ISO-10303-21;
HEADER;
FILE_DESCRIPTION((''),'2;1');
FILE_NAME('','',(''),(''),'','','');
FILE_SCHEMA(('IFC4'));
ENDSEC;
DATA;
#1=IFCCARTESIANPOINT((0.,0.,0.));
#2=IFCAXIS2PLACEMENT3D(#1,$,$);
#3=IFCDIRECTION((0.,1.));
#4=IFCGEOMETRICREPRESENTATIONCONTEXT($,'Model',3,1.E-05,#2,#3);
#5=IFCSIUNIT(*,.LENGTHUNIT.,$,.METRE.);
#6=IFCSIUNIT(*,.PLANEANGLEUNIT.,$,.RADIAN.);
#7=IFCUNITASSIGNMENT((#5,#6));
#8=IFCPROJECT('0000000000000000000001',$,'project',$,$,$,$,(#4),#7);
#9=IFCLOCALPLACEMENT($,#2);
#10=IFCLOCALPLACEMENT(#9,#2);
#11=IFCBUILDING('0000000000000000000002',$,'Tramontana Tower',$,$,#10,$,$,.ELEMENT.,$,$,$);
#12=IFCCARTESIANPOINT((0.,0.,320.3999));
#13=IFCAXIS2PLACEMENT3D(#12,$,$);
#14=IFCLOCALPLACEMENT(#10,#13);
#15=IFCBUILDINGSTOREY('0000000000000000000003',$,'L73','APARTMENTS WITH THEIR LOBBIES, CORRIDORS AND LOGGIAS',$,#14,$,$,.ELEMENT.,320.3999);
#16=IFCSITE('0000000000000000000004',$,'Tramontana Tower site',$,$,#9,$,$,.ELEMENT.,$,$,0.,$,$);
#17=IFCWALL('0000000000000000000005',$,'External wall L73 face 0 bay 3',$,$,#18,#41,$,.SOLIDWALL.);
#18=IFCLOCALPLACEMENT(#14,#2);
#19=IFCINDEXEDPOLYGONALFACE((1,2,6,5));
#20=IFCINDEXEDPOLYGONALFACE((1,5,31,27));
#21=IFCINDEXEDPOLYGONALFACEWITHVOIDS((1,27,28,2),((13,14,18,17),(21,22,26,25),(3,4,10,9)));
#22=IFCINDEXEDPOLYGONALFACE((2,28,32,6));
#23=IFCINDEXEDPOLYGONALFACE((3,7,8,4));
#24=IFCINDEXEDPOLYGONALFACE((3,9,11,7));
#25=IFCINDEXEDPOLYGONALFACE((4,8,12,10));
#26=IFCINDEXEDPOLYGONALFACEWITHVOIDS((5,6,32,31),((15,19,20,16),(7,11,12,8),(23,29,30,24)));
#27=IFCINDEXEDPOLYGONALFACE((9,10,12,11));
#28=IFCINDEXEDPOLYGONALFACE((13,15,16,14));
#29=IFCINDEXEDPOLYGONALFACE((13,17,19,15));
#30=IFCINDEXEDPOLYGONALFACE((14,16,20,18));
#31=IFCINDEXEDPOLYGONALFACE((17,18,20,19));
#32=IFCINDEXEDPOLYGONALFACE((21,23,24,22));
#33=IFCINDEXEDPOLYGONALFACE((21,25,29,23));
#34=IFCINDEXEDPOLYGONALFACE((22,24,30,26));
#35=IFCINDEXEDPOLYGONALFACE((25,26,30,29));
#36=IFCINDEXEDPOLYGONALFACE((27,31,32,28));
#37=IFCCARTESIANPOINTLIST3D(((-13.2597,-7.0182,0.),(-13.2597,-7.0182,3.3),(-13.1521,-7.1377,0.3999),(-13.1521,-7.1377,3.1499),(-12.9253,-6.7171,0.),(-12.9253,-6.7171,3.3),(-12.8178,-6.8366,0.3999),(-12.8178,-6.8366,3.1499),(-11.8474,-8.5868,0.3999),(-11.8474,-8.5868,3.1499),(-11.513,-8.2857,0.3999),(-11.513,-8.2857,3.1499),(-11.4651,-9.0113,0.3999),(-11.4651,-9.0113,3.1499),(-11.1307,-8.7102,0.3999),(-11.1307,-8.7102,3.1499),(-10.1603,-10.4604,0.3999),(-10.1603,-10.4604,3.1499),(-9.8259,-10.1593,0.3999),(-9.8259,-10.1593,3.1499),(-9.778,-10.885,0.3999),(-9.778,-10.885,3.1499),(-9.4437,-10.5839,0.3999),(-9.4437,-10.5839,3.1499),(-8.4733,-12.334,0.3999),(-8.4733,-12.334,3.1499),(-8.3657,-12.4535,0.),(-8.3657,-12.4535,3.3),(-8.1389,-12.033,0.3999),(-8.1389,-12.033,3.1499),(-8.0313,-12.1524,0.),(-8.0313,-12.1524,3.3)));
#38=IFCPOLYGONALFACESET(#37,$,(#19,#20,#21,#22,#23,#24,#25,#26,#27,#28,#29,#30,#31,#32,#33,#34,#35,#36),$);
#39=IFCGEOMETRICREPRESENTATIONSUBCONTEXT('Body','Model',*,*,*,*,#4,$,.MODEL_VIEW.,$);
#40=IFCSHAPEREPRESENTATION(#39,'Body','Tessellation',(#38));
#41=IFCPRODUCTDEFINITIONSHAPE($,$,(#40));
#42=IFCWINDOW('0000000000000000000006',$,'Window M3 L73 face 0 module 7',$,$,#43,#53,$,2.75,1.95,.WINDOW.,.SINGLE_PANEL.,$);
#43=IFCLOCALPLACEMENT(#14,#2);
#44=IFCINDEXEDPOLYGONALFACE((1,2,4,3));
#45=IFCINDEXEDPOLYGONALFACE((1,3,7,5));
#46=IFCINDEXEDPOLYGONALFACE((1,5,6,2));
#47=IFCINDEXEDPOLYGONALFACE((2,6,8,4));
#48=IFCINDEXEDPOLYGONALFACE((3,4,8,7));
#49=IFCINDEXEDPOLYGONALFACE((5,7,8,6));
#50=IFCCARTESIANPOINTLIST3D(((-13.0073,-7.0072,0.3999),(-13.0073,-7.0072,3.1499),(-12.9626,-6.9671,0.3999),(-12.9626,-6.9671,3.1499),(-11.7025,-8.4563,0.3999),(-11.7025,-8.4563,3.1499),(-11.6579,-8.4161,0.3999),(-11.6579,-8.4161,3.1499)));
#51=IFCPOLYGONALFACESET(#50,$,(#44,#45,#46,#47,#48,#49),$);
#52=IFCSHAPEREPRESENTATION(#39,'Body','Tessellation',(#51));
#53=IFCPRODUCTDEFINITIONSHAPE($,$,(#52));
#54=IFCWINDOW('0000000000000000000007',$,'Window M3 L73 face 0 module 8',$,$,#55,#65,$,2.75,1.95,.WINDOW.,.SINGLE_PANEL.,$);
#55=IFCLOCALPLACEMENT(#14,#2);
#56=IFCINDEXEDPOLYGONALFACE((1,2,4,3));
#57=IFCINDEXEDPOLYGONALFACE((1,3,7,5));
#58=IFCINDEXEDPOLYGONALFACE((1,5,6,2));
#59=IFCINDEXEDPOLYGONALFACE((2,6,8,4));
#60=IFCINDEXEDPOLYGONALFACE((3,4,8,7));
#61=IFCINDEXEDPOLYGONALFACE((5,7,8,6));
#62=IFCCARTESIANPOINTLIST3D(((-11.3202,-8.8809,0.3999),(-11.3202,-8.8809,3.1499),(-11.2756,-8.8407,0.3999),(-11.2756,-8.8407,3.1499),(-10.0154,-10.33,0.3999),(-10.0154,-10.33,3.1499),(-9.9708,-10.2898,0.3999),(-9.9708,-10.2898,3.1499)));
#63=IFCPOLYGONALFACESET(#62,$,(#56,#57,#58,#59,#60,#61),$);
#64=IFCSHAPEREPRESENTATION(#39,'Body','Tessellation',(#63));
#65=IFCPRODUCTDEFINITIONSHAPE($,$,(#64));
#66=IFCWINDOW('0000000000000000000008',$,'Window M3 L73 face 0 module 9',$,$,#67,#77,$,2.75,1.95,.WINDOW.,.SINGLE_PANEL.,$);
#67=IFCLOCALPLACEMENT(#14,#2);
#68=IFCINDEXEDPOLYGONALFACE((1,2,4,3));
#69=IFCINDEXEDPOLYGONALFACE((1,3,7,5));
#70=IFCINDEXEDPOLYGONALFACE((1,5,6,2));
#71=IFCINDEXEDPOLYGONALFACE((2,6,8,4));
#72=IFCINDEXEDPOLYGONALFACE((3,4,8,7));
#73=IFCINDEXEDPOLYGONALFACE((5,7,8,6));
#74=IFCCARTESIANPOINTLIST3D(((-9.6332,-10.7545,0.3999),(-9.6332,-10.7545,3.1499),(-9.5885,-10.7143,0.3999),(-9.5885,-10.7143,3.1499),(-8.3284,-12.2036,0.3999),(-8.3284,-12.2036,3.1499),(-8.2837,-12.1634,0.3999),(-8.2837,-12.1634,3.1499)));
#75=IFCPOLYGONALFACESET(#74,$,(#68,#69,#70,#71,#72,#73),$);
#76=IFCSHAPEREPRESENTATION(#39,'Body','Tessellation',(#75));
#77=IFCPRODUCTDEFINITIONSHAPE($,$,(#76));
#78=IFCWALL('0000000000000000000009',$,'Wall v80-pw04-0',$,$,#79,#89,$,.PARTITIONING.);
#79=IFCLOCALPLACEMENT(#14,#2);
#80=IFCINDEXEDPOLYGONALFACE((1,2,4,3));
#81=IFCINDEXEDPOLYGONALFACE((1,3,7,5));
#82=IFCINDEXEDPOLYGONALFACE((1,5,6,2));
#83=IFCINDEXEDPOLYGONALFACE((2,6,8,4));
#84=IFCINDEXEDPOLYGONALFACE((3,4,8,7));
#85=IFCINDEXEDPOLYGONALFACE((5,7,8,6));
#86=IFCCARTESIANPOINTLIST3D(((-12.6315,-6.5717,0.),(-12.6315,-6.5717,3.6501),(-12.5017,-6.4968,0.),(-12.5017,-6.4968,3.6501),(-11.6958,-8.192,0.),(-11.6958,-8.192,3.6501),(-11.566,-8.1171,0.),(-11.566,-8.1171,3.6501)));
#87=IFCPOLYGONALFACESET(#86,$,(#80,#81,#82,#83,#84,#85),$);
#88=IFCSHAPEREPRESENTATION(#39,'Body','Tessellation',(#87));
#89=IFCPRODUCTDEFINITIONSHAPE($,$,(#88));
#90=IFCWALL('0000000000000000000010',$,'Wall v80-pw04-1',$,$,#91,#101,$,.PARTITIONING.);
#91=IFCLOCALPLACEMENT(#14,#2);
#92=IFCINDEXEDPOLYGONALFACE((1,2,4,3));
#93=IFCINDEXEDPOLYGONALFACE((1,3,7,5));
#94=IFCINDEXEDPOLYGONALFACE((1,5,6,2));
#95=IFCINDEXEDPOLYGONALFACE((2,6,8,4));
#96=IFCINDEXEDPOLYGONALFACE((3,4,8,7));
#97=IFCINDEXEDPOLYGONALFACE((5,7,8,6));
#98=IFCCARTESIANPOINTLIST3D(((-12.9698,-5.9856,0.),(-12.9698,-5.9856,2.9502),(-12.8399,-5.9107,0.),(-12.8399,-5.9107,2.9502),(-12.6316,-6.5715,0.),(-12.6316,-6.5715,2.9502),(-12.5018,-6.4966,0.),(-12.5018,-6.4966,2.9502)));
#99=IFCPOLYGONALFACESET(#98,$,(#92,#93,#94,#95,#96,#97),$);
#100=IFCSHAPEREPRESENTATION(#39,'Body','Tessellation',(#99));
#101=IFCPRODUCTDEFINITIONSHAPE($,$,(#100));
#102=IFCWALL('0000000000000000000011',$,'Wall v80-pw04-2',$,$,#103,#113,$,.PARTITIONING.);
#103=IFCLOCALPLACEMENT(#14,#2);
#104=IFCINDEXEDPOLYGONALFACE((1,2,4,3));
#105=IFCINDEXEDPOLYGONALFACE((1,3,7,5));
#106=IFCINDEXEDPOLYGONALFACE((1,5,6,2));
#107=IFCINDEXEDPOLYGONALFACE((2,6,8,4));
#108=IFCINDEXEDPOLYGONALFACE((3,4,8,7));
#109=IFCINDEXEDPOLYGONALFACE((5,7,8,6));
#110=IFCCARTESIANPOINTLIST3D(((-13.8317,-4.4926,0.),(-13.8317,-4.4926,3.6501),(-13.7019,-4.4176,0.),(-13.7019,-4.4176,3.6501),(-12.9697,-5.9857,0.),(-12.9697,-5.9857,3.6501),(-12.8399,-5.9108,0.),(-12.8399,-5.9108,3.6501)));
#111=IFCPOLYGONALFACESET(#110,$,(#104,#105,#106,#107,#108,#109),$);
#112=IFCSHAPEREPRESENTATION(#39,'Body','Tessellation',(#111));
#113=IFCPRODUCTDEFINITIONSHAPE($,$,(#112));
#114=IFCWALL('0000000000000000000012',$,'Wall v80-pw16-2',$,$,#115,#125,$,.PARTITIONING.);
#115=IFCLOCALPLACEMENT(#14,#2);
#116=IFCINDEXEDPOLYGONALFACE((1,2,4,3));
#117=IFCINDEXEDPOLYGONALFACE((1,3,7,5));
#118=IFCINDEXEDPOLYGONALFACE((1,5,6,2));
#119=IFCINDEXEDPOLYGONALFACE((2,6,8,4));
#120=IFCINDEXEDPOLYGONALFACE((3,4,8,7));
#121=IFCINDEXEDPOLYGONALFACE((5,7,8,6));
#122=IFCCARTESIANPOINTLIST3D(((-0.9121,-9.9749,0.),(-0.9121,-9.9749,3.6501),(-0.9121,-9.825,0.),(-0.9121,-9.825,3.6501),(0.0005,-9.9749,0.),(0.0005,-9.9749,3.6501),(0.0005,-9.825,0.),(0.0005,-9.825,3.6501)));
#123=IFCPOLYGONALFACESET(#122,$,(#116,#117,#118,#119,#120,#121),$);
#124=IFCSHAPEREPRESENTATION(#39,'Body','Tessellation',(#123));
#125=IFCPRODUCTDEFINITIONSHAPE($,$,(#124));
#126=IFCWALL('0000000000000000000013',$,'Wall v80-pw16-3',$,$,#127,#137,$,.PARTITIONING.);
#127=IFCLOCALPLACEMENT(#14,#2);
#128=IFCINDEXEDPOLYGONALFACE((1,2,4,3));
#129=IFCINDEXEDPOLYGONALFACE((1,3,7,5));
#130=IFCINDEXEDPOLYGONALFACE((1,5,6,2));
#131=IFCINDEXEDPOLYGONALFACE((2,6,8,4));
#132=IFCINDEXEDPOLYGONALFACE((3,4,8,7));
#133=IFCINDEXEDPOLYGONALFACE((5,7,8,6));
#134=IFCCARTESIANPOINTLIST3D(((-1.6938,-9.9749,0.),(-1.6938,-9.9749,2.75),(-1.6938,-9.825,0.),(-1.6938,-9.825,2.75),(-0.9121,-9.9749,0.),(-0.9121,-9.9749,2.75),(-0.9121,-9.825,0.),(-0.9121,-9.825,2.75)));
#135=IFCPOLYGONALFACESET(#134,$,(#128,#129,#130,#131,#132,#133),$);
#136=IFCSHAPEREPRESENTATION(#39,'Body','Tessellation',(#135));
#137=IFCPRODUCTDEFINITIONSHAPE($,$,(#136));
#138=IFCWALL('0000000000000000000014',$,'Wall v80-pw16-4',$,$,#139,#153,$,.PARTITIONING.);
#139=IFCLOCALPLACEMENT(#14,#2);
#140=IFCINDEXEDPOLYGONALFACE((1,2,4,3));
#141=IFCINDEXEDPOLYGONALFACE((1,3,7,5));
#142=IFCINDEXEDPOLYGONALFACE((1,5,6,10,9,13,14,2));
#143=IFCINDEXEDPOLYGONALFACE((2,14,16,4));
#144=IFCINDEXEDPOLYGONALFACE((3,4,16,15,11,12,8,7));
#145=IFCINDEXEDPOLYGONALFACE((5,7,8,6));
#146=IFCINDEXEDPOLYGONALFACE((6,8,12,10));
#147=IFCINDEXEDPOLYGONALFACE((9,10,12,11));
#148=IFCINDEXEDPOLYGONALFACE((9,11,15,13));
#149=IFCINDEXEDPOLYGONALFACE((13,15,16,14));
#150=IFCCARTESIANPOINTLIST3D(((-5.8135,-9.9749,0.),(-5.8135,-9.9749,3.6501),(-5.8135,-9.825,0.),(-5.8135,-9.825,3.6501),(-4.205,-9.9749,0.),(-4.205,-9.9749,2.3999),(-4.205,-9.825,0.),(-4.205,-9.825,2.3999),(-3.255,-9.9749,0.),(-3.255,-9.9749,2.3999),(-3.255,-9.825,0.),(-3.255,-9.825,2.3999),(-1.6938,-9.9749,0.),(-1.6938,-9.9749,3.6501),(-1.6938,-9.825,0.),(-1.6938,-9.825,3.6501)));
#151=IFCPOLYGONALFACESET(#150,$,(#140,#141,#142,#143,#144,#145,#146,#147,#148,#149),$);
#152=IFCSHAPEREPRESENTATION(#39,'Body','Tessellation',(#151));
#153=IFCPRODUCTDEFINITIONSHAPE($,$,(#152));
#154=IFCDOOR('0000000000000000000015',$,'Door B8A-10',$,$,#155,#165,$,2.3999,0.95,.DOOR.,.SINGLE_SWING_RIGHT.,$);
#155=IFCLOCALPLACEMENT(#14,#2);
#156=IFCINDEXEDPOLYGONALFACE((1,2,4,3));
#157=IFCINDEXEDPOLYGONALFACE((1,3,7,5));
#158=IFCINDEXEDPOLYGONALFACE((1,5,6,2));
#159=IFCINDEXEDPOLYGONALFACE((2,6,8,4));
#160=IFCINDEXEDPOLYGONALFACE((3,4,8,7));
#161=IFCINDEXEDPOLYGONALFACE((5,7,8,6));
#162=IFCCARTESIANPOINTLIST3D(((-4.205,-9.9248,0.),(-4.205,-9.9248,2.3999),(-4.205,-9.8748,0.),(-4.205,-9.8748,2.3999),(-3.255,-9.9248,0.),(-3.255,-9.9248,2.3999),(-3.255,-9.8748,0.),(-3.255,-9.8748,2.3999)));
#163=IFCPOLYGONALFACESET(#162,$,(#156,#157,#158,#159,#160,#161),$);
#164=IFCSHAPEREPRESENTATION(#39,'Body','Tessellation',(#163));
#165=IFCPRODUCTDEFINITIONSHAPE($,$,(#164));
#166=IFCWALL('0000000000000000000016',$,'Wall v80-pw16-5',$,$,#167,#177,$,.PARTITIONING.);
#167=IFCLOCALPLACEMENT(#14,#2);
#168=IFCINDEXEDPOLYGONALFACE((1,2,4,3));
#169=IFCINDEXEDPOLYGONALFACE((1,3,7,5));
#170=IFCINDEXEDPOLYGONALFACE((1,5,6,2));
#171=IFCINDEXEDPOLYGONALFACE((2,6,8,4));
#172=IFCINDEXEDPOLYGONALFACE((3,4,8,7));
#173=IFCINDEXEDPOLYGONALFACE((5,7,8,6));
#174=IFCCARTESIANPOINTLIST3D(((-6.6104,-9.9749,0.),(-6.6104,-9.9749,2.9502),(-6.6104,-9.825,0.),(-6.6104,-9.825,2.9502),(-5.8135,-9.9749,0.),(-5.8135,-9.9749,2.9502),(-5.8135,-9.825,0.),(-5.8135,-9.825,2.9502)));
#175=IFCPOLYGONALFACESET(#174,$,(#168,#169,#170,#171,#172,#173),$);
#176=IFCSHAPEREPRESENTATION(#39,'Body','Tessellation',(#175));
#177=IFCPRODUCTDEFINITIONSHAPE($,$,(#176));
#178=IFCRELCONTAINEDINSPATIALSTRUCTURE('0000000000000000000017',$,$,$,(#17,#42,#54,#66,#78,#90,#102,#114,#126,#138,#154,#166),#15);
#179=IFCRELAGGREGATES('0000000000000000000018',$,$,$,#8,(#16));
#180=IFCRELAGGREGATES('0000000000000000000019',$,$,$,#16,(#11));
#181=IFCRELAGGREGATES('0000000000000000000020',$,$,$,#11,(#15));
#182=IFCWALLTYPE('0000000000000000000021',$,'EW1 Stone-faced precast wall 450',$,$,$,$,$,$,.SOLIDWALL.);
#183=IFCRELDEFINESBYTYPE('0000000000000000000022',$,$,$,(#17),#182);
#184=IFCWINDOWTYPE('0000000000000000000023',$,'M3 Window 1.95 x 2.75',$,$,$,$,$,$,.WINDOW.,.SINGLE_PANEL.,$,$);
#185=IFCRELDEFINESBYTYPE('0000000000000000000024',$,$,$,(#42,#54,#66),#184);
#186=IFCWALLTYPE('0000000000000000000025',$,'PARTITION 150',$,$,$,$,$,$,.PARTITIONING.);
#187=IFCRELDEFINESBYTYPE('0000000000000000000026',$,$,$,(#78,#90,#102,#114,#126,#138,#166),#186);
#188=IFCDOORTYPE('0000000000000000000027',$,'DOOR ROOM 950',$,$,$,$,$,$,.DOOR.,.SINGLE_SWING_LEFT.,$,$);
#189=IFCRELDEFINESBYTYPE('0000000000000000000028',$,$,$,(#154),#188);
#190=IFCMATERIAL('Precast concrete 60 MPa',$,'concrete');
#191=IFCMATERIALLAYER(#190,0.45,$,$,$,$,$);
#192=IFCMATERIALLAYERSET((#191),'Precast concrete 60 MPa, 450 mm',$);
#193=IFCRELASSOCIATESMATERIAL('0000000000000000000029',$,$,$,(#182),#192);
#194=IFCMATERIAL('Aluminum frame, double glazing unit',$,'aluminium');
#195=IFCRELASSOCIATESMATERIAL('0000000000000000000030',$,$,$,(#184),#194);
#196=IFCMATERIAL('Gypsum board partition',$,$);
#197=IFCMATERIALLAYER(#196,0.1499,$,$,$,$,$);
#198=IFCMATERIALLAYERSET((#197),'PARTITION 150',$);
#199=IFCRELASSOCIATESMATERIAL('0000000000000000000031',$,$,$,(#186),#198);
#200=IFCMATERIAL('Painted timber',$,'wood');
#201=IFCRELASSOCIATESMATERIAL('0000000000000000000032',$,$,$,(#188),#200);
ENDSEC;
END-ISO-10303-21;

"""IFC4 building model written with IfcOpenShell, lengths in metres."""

from ifc_helpers import new_model, si_unit, direction, frame, frame_2d, origin, place, context, subcontext, project, spatial, rectangle, extrude, material, layer, layer_set, type_object, element, fill, save


model = new_model("IFC4")

# Units and contexts
model_context = context("Model", 3, precision=1e-05, world=origin(), true_north=direction((0.0, 1.0)))
body_context = subcontext(model_context, "Body", "Model", "MODEL_VIEW")
ifc_project = project(units=[si_unit("LENGTHUNIT", "METRE"), si_unit("PLANEANGLEUNIT", "RADIAN")], contexts=[model_context])

# Site, building, storey
site_placement = place(None, origin())
site = spatial("IfcSite", under=ifc_project, at=site_placement, Name="Tramontana Tower site", CompositionType="ELEMENT", RefElevation=0.0)
building_placement = place(site_placement, origin())
building = spatial("IfcBuilding", under=site, at=building_placement, Name="Tramontana Tower", CompositionType="ELEMENT")
storey_placement = place(building_placement, frame((0.0, 0.0, 320.3999)))
storey = spatial("IfcBuildingStorey", under=building, at=storey_placement, Name="L73", Description="APARTMENTS WITH THEIR LOBBIES, CORRIDORS AND LOGGIAS", CompositionType="ELEMENT", Elevation=320.3999)

# Wall, openings, windows
ifc_material_1 = material(Name="Precast concrete 60 MPa", Category="concrete")
ifc_layer_1 = layer(ifc_material_1, 0.45)
ifc_layer_set_1 = layer_set([ifc_layer_1], Name="Precast concrete 60 MPa, 450 mm")
wall_type_1 = type_object("IfcWallType", Name="EW1 Stone-faced precast wall 450", PredefinedType="SOLIDWALL", material=ifc_layer_set_1)
wall_1_placement = place(storey_placement, frame((-13.0925, -6.8677, 0.0), z_axis=(0.0, 0.0, 1.0), x_axis=(0.669136, -0.74314, 0.0)))
wall_1 = element("IfcWall", 1, at=wall_1_placement, inside=storey, type_object=wall_type_1, Name="External wall L73 face 0 bay 3", PredefinedType="SOLIDWALL", context=body_context, shape_type="SweptSolid", body=[
    extrude(rectangle(XDim=7.314, YDim=0.45, at=frame_2d((3.657, 0.0))), origin(), (0.0, 0.0, 1.0), 3.3),
])
opening_1_placement = place(wall_1_placement, frame((0.1606, 0.0, 0.3999)))
opening_1 = element("IfcOpeningElement", 2, at=opening_1_placement, cuts=wall_1, PredefinedType="OPENING", context=body_context, shape_type="SweptSolid", body=[
    extrude(rectangle(XDim=1.95, YDim=2.75, at=frame_2d((0.9751, 1.375))), frame((0.0, 0.2349, 0.0), z_axis=(0.0, -1.0, 0.0), x_axis=(1.0, 0.0, 0.0)), (0.0, 0.0, 1.0), 0.47),
])
opening_2_placement = place(wall_1_placement, frame((2.6819, 0.0, 0.3999)))
opening_2 = element("IfcOpeningElement", 3, at=opening_2_placement, cuts=wall_1, PredefinedType="OPENING", context=body_context, shape_type="SweptSolid", body=[
    extrude(rectangle(XDim=1.95, YDim=2.75, at=frame_2d((0.9751, 1.375))), frame((0.0, 0.2349, 0.0), z_axis=(0.0, -1.0, 0.0), x_axis=(1.0, 0.0, 0.0)), (0.0, 0.0, 1.0), 0.47),
])
opening_3_placement = place(wall_1_placement, frame((5.2031, 0.0, 0.3999)))
opening_3 = element("IfcOpeningElement", 4, at=opening_3_placement, cuts=wall_1, PredefinedType="OPENING", context=body_context, shape_type="SweptSolid", body=[
    extrude(rectangle(XDim=1.95, YDim=2.75, at=frame_2d((0.9751, 1.375))), frame((0.0, 0.2349, 0.0), z_axis=(0.0, -1.0, 0.0), x_axis=(1.0, 0.0, 0.0)), (0.0, 0.0, 1.0), 0.47),
])
ifc_material_2 = material(Name="Aluminum frame, double glazing unit", Category="aluminium")
window_type = type_object("IfcWindowType", Name="M3 Window 1.95 x 2.75", PartitioningType="SINGLE_PANEL", PredefinedType="WINDOW", material=ifc_material_2)
window_1_placement = place(opening_1_placement, origin())
window_1 = element("IfcWindow", 5, at=window_1_placement, inside=storey, type_object=window_type, Name="Window M3 L73 face 0 module 7", OverallHeight=2.75, OverallWidth=1.95, PartitioningType="SINGLE_PANEL", PredefinedType="WINDOW", context=body_context, shape_type="SweptSolid", body=[
    extrude(rectangle(XDim=1.95, YDim=2.75, at=frame_2d((0.9751, 1.375))), frame((0.0, 0.03, 0.0), z_axis=(0.0, -1.0, 0.0), x_axis=(1.0, 0.0, 0.0)), (0.0, 0.0, 1.0), 0.0601),
])
fill(opening_1, window_1)
window_2_placement = place(opening_2_placement, origin())
window_2 = element("IfcWindow", 6, at=window_2_placement, inside=storey, type_object=window_type, Name="Window M3 L73 face 0 module 8", OverallHeight=2.75, OverallWidth=1.95, PartitioningType="SINGLE_PANEL", PredefinedType="WINDOW", context=body_context, shape_type="SweptSolid", body=[
    extrude(rectangle(XDim=1.95, YDim=2.75, at=frame_2d((0.9751, 1.375))), frame((0.0, 0.03, 0.0), z_axis=(0.0, -1.0, 0.0), x_axis=(1.0, 0.0, 0.0)), (0.0, 0.0, 1.0), 0.0601),
])
fill(opening_2, window_2)
window_3_placement = place(opening_3_placement, origin())
window_3 = element("IfcWindow", 7, at=window_3_placement, inside=storey, type_object=window_type, Name="Window M3 L73 face 0 module 9", OverallHeight=2.75, OverallWidth=1.95, PartitioningType="SINGLE_PANEL", PredefinedType="WINDOW", context=body_context, shape_type="SweptSolid", body=[
    extrude(rectangle(XDim=1.95, YDim=2.75, at=frame_2d((0.9751, 1.375))), frame((0.0, 0.03, 0.0), z_axis=(0.0, -1.0, 0.0), x_axis=(1.0, 0.0, 0.0)), (0.0, 0.0, 1.0), 0.0601),
])
fill(opening_3, window_3)

# Walls
ifc_material_3 = material(Name="Gypsum board partition")
ifc_layer_2 = layer(ifc_material_3, 0.1499)
ifc_layer_set_2 = layer_set([ifc_layer_2], Name="PARTITION 150")
wall_type_2 = type_object("IfcWallType", Name="PARTITION 150", PredefinedType="PARTITIONING", material=ifc_layer_set_2)
wall_2_placement = place(storey_placement, frame((-11.6309, -8.1545, 0.0), z_axis=(0.0, 0.0, 1.0), x_axis=(-0.50011, 0.865962, 0.0)))
element("IfcWall", 8, at=wall_2_placement, inside=storey, type_object=wall_type_2, Name="Wall v80-pw04-0", PredefinedType="PARTITIONING", context=body_context, shape_type="SweptSolid", body=[
    extrude(rectangle(XDim=1.8711, YDim=0.1499, at=frame_2d((0.9355, 0.0))), origin(), (0.0, 0.0, 1.0), 3.6501),
])
wall_3_placement = place(storey_placement, frame((-12.5667, -6.5342, 0.0), z_axis=(0.0, 0.0, 1.0), x_axis=(-0.499827, 0.866125, 0.0)))
element("IfcWall", 9, at=wall_3_placement, inside=storey, type_object=wall_type_2, Name="Wall v80-pw04-1", PredefinedType="PARTITIONING", context=body_context, shape_type="SweptSolid", body=[
    extrude(rectangle(XDim=0.6765, YDim=0.1499, at=frame_2d((0.3384, 0.0))), origin(), (0.0, 0.0, 1.0), 2.9502),
])
wall_4_placement = place(storey_placement, frame((-12.9048, -5.9482, 0.0), z_axis=(0.0, 0.0, 1.0), x_axis=(-0.499992, 0.86603, 0.0)))
element("IfcWall", 10, at=wall_4_placement, inside=storey, type_object=wall_type_2, Name="Wall v80-pw04-2", PredefinedType="PARTITIONING", context=body_context, shape_type="SweptSolid", body=[
    extrude(rectangle(XDim=1.7241, YDim=0.1499, at=frame_2d((0.8621, 0.0))), origin(), (0.0, 0.0, 1.0), 3.6501),
])
wall_5_placement = place(storey_placement, frame((0.0005, -9.8999, 0.0), z_axis=(0.0, 0.0, 1.0), x_axis=(-1.0, 0.0, 0.0)))
element("IfcWall", 11, at=wall_5_placement, inside=storey, type_object=wall_type_2, Name="Wall v80-pw16-2", PredefinedType="PARTITIONING", context=body_context, shape_type="SweptSolid", body=[
    extrude(rectangle(XDim=0.9126, YDim=0.1499, at=frame_2d((0.4563, 0.0))), origin(), (0.0, 0.0, 1.0), 3.6501),
])
wall_6_placement = place(storey_placement, frame((-0.9121, -9.8999, 0.0), z_axis=(0.0, 0.0, 1.0), x_axis=(-1.0, 0.0, 0.0)))
element("IfcWall", 12, at=wall_6_placement, inside=storey, type_object=wall_type_2, Name="Wall v80-pw16-3", PredefinedType="PARTITIONING", context=body_context, shape_type="SweptSolid", body=[
    extrude(rectangle(XDim=0.7817, YDim=0.1499, at=frame_2d((0.3909, 0.0))), origin(), (0.0, 0.0, 1.0), 2.75),
])

# Wall, opening, door
wall_7_placement = place(storey_placement, frame((-1.6938, -9.8999, 0.0), z_axis=(0.0, 0.0, 1.0), x_axis=(-1.0, 0.0, 0.0)))
wall_7 = element("IfcWall", 13, at=wall_7_placement, inside=storey, type_object=wall_type_2, Name="Wall v80-pw16-4", PredefinedType="PARTITIONING", context=body_context, shape_type="SweptSolid", body=[
    extrude(rectangle(XDim=4.1196, YDim=0.1499, at=frame_2d((2.0598, 0.0))), origin(), (0.0, 0.0, 1.0), 3.6501),
])
opening_4_placement = place(wall_7_placement, frame((1.561, 0.0, 0.0)))
opening_4 = element("IfcOpeningElement", 14, at=opening_4_placement, cuts=wall_7, PredefinedType="OPENING", context=body_context, shape_type="SweptSolid", body=[
    extrude(rectangle(XDim=0.95, YDim=2.3999, at=frame_2d((0.4751, 1.2))), frame((0.0, 0.085, 0.0), z_axis=(0.0, -1.0, 0.0), x_axis=(1.0, 0.0, 0.0)), (0.0, 0.0, 1.0), 0.1699),
])
ifc_material_4 = material(Name="Painted timber", Category="wood")
door_type_1 = type_object("IfcDoorType", Name="DOOR ROOM 950", OperationType="SINGLE_SWING_LEFT", PredefinedType="DOOR", material=ifc_material_4)
door_1_placement = place(opening_4_placement, origin())
door_1 = element("IfcDoor", 15, at=door_1_placement, inside=storey, type_object=door_type_1, Name="Door B8A-10", OperationType="SINGLE_SWING_RIGHT", OverallHeight=2.3999, OverallWidth=0.95, PredefinedType="DOOR", context=body_context, shape_type="SweptSolid", body=[
    extrude(rectangle(XDim=0.95, YDim=2.3999, at=frame_2d((0.4751, 1.2))), frame((0.0, 0.0249, 0.0), z_axis=(0.0, -1.0, 0.0), x_axis=(1.0, 0.0, 0.0)), (0.0, 0.0, 1.0), 0.05),
])
fill(opening_4, door_1)

# Wall
wall_8_placement = place(storey_placement, frame((-5.8135, -9.8999, 0.0), z_axis=(0.0, 0.0, 1.0), x_axis=(-1.0, 0.0, 0.0)))
element("IfcWall", 16, at=wall_8_placement, inside=storey, type_object=wall_type_2, Name="Wall v80-pw16-5", PredefinedType="PARTITIONING", context=body_context, shape_type="SweptSolid", body=[
    extrude(rectangle(XDim=0.7969, YDim=0.1499, at=frame_2d((0.3984, 0.0))), origin(), (0.0, 0.0, 1.0), 2.9502),
])

save(model, "model.ifc")
